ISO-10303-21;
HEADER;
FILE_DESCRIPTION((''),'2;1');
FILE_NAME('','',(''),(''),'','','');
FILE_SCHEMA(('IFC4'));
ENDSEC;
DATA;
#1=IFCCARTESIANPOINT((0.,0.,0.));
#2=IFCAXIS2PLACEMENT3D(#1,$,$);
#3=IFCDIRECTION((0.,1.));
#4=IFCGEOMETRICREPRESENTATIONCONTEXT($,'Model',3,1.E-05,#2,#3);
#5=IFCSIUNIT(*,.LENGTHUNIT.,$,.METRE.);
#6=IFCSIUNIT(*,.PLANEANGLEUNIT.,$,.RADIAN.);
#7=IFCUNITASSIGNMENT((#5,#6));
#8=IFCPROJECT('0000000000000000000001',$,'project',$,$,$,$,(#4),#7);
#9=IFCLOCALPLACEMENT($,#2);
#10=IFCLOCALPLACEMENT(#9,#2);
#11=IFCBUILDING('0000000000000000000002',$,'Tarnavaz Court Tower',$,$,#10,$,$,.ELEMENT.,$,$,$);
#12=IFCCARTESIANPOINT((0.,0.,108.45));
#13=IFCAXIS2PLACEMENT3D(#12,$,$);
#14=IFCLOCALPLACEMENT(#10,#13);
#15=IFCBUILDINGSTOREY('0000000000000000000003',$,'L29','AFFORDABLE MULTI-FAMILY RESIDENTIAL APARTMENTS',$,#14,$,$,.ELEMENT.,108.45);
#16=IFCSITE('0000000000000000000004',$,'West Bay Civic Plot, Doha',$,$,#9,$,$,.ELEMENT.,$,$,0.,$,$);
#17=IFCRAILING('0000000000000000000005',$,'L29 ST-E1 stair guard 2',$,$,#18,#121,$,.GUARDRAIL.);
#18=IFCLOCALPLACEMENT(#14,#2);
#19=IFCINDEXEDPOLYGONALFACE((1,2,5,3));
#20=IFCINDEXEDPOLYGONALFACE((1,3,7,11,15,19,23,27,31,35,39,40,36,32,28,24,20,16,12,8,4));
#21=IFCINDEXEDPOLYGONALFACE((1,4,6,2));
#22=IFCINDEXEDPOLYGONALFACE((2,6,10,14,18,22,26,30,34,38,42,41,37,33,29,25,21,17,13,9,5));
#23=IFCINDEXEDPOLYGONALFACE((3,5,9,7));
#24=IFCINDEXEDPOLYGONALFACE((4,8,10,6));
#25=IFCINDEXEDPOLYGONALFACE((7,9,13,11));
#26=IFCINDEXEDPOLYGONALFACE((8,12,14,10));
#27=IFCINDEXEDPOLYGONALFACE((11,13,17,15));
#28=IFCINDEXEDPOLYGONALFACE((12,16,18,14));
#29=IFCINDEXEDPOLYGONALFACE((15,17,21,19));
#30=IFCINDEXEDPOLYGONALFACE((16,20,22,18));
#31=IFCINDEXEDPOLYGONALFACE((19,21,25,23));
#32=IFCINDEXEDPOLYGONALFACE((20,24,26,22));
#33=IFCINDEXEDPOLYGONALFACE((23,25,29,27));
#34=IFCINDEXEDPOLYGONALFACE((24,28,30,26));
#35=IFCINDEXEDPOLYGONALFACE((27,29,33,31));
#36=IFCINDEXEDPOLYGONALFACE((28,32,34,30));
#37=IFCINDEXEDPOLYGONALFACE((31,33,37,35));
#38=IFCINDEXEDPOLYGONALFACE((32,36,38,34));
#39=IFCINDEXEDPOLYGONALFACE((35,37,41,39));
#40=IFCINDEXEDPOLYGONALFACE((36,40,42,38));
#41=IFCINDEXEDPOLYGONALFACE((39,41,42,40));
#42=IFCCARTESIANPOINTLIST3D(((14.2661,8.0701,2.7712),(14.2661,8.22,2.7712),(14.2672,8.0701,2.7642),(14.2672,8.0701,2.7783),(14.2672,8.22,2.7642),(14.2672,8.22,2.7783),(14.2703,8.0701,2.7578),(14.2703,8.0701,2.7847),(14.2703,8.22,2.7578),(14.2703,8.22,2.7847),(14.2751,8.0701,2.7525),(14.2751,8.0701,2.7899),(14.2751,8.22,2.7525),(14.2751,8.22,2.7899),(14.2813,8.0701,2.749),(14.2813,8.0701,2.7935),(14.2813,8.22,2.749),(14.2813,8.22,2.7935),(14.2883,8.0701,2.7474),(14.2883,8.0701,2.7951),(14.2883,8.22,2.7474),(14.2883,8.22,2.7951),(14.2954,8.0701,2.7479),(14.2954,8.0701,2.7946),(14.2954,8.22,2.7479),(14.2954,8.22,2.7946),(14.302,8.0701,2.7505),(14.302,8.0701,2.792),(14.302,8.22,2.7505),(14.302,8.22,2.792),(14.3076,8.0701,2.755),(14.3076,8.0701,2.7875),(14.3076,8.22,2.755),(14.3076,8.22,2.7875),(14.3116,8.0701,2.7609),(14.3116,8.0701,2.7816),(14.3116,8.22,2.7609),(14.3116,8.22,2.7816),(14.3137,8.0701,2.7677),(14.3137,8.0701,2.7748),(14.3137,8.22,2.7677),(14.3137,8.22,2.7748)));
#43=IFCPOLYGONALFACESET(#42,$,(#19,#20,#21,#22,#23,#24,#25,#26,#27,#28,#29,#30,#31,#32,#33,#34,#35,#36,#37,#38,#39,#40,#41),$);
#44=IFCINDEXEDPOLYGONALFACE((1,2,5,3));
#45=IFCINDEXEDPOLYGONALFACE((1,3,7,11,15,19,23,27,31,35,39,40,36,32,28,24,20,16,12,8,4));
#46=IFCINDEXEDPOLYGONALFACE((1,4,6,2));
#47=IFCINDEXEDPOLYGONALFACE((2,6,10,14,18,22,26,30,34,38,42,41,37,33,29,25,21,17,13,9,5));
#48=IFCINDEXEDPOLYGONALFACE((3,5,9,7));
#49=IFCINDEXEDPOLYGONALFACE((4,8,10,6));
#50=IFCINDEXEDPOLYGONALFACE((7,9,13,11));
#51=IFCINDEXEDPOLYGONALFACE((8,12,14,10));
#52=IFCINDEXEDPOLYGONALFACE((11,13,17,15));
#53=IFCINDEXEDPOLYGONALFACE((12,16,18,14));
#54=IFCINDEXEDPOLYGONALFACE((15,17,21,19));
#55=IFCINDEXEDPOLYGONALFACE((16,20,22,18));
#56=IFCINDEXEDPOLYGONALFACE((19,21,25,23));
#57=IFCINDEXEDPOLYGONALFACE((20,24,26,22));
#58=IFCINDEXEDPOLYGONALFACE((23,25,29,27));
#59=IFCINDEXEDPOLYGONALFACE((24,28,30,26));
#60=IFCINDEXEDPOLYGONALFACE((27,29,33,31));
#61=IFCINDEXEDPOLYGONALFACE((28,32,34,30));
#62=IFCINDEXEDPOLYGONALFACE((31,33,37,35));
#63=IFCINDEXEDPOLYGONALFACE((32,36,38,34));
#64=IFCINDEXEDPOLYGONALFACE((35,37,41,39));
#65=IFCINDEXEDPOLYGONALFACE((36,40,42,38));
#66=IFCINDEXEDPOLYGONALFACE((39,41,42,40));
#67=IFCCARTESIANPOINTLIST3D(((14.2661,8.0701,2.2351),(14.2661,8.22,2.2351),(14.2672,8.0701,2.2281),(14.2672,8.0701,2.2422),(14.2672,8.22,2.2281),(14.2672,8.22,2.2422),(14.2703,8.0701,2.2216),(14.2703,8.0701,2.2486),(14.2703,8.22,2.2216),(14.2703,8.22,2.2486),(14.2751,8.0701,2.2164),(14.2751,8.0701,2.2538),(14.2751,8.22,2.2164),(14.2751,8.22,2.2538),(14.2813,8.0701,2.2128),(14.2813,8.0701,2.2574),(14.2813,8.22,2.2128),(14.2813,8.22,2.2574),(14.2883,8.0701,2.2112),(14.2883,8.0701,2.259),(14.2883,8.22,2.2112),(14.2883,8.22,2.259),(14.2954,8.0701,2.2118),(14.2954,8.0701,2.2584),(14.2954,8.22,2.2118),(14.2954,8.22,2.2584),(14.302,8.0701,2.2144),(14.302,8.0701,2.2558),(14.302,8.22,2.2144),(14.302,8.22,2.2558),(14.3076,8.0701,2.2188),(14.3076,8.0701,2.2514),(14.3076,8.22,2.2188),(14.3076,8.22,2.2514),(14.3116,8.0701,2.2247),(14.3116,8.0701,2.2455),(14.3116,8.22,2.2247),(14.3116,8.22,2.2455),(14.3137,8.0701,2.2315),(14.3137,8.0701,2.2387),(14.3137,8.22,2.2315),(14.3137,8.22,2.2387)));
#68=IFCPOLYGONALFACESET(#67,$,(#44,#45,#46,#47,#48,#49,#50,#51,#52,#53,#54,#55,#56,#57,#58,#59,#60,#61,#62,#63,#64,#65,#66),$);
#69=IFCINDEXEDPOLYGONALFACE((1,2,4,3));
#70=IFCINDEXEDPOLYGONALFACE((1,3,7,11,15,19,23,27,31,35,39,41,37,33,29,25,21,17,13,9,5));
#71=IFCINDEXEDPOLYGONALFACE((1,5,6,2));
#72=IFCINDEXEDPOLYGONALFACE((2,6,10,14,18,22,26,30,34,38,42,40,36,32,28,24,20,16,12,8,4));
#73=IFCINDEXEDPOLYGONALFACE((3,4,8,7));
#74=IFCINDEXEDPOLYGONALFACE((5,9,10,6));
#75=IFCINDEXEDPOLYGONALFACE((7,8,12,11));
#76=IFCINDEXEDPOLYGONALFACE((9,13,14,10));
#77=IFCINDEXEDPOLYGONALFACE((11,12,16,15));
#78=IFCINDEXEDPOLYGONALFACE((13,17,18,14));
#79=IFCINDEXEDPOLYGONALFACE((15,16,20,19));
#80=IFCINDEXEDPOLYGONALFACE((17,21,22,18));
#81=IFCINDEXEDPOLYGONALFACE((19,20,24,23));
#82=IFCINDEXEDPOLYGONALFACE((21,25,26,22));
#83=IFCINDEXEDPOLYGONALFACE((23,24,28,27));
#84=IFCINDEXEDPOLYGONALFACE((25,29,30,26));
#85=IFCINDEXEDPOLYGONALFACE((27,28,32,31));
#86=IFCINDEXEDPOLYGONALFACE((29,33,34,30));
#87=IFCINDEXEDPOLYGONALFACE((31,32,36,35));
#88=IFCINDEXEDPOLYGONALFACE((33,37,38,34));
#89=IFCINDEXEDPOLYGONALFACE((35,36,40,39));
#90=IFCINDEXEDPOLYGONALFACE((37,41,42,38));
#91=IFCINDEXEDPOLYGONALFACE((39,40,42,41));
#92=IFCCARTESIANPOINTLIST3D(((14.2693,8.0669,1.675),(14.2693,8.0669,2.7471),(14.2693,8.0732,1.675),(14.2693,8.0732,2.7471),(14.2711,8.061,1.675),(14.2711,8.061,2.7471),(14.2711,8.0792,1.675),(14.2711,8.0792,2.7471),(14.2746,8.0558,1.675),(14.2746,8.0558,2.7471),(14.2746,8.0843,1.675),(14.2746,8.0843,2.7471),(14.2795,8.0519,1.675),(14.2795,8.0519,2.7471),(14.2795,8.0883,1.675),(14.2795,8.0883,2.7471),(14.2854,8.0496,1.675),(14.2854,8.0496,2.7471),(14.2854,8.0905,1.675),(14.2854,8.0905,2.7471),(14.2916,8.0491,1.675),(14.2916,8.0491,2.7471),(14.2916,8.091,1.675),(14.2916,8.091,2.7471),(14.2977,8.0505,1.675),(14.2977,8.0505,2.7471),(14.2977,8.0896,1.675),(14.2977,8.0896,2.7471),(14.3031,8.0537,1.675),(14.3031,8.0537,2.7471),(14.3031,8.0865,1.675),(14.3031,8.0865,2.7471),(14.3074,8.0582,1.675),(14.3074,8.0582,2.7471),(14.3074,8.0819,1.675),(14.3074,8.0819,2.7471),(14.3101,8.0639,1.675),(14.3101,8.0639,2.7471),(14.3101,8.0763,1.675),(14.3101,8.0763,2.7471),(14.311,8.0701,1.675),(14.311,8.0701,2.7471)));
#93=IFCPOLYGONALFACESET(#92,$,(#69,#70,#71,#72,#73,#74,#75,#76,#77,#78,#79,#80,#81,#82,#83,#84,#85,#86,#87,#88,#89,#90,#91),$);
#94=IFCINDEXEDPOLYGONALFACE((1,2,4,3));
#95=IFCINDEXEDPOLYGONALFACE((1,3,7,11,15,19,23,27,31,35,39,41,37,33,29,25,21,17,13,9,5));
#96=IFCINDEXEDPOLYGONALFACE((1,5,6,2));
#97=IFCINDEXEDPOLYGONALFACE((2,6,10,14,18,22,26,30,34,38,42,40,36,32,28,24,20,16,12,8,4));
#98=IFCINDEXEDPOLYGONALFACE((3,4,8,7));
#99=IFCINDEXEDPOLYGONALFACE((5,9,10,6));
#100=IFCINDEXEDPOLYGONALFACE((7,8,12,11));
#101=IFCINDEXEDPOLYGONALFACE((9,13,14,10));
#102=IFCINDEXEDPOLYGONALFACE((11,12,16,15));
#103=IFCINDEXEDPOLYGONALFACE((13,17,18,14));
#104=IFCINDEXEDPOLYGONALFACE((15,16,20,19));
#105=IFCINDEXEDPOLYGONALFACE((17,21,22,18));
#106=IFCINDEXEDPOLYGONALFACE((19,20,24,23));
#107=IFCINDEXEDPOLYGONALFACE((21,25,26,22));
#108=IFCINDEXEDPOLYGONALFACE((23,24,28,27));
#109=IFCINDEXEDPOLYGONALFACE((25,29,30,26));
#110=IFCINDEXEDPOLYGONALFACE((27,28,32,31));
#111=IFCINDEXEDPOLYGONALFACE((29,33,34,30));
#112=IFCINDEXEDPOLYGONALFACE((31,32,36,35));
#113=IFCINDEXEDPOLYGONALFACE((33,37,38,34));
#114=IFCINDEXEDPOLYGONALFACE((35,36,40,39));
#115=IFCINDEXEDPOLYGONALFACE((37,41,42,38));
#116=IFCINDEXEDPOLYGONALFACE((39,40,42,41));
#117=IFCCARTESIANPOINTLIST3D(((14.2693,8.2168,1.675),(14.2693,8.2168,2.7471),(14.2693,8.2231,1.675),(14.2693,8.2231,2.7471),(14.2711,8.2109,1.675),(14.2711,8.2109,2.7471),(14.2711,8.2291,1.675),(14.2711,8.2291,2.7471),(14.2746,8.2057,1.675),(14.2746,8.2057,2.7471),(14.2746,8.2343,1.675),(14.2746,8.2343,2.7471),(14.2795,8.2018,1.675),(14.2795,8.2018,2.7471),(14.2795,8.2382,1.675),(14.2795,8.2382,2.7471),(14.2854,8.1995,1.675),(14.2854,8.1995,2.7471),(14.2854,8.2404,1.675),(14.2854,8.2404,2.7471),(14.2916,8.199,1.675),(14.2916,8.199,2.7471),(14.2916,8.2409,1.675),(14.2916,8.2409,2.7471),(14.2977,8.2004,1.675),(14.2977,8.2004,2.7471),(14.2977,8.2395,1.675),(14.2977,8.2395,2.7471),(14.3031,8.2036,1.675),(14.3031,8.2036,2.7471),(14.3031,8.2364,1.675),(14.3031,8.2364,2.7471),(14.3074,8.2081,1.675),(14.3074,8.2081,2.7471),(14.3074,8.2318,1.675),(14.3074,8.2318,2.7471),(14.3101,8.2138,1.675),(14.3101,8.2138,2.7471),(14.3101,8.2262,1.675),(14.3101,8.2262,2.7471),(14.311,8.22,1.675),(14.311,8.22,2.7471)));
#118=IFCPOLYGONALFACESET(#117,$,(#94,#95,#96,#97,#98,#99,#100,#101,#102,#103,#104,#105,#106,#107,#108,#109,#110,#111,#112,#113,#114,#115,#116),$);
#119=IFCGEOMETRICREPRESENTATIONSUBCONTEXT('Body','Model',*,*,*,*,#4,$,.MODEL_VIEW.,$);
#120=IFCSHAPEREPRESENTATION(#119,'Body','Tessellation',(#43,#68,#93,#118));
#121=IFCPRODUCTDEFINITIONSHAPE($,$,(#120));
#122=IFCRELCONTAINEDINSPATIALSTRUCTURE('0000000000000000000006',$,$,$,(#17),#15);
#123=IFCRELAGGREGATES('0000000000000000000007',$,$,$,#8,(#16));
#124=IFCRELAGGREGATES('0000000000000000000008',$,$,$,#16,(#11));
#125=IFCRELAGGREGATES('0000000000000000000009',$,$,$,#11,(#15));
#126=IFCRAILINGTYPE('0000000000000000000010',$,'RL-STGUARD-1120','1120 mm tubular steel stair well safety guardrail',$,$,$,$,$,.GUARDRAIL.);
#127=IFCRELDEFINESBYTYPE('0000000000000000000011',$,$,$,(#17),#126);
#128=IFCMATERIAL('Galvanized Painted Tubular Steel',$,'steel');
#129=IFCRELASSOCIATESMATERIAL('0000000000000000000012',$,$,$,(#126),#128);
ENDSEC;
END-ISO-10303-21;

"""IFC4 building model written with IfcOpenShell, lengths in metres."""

from ifc_helpers import new_model, si_unit, direction, frame, origin, origin_2d, place, context, subcontext, project, spatial, circle, extrude, material, type_object, element, save


model = new_model("IFC4")

# Units and contexts
model_context = context("Model", 3, precision=1e-05, world=origin(), true_north=direction((0.0, 1.0)))
body_context = subcontext(model_context, "Body", "Model", "MODEL_VIEW")
ifc_project = project(units=[si_unit("LENGTHUNIT", "METRE"), si_unit("PLANEANGLEUNIT", "RADIAN")], contexts=[model_context])

# Site, building, storey
site_placement = place(None, origin())
site = spatial("IfcSite", under=ifc_project, at=site_placement, Name="West Bay Civic Plot, Doha", CompositionType="ELEMENT", RefElevation=0.0)
building_placement = place(site_placement, origin())
building = spatial("IfcBuilding", under=site, at=building_placement, Name="Tarnavaz Court Tower", CompositionType="ELEMENT")
storey_placement = place(building_placement, frame((0.0, 0.0, 108.45)))
storey = spatial("IfcBuildingStorey", under=building, at=storey_placement, Name="L29", Description="AFFORDABLE MULTI-FAMILY RESIDENTIAL APARTMENTS", CompositionType="ELEMENT", Elevation=108.45)

# Railing
ifc_material_1 = material(Name="Galvanized Painted Tubular Steel", Category="steel")
railing_type_1 = type_object("IfcRailingType", Name="RL-STGUARD-1120", Description="1120 mm tubular steel stair well safety guardrail", PredefinedType="GUARDRAIL", material=ifc_material_1)
railing_1_placement = place(storey_placement, frame((14.29, 8.0701, 1.675)))
element("IfcRailing", 1, at=railing_1_placement, inside=storey, type_object=railing_type_1, Name="L29 ST-E1 stair guard 2", PredefinedType="GUARDRAIL", context=body_context, shape_type="SweptSolid", body=[
    extrude(circle(Radius=0.0239, at=origin_2d()), frame((0.0, 0.0, 1.0962), z_axis=(0.0, 1.0, 0.0), x_axis=(-1.0, 0.0, 0.0)), (0.0, 0.0, 1.0), 0.1499),
    extrude(circle(Radius=0.0239, at=origin_2d()), frame((0.0, 0.0, 0.5601), z_axis=(0.0, 1.0, 0.0), x_axis=(-1.0, 0.0, 0.0)), (0.0, 0.0, 1.0), 0.1499),
    extrude(circle(Radius=0.021, at=origin_2d()), origin(), (0.0, 0.0, 1.0), 1.072),
    extrude(circle(Radius=0.021, at=origin_2d()), frame((0.0, 0.1499, 0.0)), (0.0, 0.0, 1.0), 1.072),
])

save(model, "model.ifc")
